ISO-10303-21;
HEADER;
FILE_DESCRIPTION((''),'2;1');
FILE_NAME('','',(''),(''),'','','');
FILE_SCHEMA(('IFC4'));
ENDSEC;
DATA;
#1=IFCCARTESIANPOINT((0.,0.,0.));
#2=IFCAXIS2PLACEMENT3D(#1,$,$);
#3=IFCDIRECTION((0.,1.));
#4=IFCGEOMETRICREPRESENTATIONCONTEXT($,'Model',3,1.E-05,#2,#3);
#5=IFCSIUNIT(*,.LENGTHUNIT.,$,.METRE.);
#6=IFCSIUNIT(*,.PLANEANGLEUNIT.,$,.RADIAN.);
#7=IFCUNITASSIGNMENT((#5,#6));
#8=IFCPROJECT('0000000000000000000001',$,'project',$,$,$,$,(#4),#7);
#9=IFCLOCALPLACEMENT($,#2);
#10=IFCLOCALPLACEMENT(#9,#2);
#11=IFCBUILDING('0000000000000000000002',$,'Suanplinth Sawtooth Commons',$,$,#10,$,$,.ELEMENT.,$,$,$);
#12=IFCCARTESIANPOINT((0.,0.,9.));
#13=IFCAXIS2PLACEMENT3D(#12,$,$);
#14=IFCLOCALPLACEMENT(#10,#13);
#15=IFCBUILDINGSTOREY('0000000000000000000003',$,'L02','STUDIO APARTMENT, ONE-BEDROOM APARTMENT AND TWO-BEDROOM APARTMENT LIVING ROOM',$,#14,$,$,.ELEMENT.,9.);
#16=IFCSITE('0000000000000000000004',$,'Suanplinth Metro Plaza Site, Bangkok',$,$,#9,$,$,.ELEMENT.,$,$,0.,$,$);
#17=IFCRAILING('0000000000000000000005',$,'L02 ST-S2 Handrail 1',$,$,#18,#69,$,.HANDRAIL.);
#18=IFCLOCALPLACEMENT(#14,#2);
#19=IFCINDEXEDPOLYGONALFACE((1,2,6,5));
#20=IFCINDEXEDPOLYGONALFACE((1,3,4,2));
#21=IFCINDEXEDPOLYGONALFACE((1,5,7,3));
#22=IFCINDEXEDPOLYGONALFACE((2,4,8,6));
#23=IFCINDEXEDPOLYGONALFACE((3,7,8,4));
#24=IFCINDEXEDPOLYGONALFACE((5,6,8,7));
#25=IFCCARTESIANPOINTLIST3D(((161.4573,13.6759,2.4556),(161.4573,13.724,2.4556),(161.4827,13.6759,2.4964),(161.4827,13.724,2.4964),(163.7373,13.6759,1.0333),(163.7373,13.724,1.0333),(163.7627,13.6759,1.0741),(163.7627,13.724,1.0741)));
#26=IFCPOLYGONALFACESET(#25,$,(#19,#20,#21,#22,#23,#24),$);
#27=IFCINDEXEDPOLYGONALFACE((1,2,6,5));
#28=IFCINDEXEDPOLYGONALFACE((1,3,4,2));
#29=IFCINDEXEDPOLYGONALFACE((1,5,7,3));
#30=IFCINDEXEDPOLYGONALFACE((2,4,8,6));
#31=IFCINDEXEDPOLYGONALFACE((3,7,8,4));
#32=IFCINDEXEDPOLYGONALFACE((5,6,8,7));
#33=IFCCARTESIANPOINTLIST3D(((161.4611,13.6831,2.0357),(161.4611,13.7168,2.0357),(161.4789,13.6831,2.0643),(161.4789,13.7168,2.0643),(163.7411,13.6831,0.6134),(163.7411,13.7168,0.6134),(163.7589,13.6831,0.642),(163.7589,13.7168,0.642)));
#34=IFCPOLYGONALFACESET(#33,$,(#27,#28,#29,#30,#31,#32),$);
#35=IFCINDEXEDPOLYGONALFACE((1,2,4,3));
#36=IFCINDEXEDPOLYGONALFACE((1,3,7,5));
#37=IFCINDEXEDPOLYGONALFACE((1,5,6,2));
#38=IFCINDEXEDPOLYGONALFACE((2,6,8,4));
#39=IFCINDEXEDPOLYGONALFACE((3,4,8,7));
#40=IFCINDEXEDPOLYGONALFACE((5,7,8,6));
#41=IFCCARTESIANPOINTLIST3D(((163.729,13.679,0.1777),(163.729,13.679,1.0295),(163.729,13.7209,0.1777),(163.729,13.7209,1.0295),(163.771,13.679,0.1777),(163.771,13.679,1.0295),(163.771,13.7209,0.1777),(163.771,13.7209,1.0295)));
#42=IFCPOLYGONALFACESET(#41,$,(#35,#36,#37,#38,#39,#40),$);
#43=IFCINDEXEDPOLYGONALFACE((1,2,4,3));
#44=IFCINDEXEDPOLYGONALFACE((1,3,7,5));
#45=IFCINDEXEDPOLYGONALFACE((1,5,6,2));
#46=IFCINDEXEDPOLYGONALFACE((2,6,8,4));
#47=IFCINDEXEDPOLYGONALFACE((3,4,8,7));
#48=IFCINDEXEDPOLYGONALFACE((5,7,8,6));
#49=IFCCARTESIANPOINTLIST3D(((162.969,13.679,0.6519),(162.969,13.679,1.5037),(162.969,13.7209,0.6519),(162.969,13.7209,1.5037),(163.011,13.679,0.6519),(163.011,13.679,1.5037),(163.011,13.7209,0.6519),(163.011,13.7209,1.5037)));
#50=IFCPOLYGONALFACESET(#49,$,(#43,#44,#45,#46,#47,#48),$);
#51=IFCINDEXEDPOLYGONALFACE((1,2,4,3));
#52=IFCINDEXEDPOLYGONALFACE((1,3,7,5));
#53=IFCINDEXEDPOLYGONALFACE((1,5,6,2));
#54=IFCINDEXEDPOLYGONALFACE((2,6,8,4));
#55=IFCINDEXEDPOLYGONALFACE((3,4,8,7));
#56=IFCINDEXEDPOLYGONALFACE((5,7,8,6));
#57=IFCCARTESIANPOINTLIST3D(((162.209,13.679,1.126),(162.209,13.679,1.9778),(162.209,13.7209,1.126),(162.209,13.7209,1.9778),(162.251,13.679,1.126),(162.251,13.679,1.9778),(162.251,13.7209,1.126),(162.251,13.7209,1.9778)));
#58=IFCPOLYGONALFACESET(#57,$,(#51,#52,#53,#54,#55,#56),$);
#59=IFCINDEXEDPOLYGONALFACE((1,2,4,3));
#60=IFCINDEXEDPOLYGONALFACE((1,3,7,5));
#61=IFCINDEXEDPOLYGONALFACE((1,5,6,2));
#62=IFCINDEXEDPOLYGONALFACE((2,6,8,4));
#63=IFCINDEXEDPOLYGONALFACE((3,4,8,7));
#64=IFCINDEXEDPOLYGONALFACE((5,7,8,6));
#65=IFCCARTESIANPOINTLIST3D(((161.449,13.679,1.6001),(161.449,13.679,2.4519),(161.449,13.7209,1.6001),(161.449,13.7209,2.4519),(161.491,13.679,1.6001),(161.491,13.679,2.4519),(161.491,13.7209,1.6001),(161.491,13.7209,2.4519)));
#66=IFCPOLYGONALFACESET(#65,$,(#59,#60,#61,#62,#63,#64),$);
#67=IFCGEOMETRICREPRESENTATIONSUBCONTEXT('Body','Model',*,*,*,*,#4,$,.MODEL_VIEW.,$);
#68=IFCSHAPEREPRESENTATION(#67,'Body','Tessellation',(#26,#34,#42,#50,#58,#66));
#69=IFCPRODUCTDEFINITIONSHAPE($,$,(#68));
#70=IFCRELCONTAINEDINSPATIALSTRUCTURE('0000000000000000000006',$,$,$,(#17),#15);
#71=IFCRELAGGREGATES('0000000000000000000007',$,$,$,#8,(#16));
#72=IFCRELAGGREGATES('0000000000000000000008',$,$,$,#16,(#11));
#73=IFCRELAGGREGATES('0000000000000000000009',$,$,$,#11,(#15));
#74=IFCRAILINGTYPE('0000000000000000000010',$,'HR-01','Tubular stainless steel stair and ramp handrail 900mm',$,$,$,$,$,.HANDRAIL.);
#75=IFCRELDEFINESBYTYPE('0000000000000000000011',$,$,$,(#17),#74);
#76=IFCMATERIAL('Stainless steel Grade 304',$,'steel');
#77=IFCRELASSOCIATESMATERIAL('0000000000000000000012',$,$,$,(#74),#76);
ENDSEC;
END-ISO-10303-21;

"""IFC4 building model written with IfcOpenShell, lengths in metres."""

from ifc_helpers import new_model, si_unit, direction, frame, origin, origin_2d, place, context, subcontext, project, spatial, rectangle, extrude, material, type_object, element, save


model = new_model("IFC4")

# Units and contexts
model_context = context("Model", 3, precision=1e-05, world=origin(), true_north=direction((0.0, 1.0)))
body_context = subcontext(model_context, "Body", "Model", "MODEL_VIEW")
ifc_project = project(units=[si_unit("LENGTHUNIT", "METRE"), si_unit("PLANEANGLEUNIT", "RADIAN")], contexts=[model_context])

# Site, building, storey
site_placement = place(None, origin())
site = spatial("IfcSite", under=ifc_project, at=site_placement, Name="Suanplinth Metro Plaza Site, Bangkok", CompositionType="ELEMENT", RefElevation=0.0)
building_placement = place(site_placement, origin())
building = spatial("IfcBuilding", under=site, at=building_placement, Name="Suanplinth Sawtooth Commons", CompositionType="ELEMENT")
storey_placement = place(building_placement, frame((0.0, 0.0, 9.0)))
storey = spatial("IfcBuildingStorey", under=building, at=storey_placement, Name="L02", Description="STUDIO APARTMENT, ONE-BEDROOM APARTMENT AND TWO-BEDROOM APARTMENT LIVING ROOM", CompositionType="ELEMENT", Elevation=9.0)

# Railing
ifc_material_1 = material(Name="Stainless steel Grade 304", Category="steel")
railing_type_1 = type_object("IfcRailingType", Name="HR-01", Description="Tubular stainless steel stair and ramp handrail 900mm", PredefinedType="HANDRAIL", material=ifc_material_1)
railing_1_placement = place(storey_placement, frame((163.75, 13.7, 0.1777)))
element("IfcRailing", 1, at=railing_1_placement, inside=storey, type_object=railing_type_1, Name="L02 ST-S2 Handrail 1", PredefinedType="HANDRAIL", context=body_context, shape_type="SweptSolid", body=[
    extrude(rectangle(XDim=0.0481, YDim=0.0481, at=origin_2d()), frame((0.0, 0.0, 0.876), z_axis=(-0.848442, 0.0, 0.529288), x_axis=(0.0, -1.0, 0.0)), (0.0, 0.0, 1.0), 2.6873),
    extrude(rectangle(XDim=0.0337, YDim=0.0337, at=origin_2d()), frame((0.0, 0.0, 0.45), z_axis=(-0.848442, 0.0, 0.529288), x_axis=(0.0, -1.0, 0.0)), (0.0, 0.0, 1.0), 2.6873),
    extrude(rectangle(XDim=0.042, YDim=0.042, at=origin_2d()), origin(), (0.0, 0.0, 1.0), 0.8518),
    extrude(rectangle(XDim=0.042, YDim=0.042, at=origin_2d()), frame((-0.76, 0.0, 0.4741)), (0.0, 0.0, 1.0), 0.8518),
    extrude(rectangle(XDim=0.042, YDim=0.042, at=origin_2d()), frame((-1.52, 0.0, 0.9482)), (0.0, 0.0, 1.0), 0.8518),
    extrude(rectangle(XDim=0.042, YDim=0.042, at=origin_2d()), frame((-2.28, 0.0, 1.4224)), (0.0, 0.0, 1.0), 0.8518),
])

save(model, "model.ifc")
